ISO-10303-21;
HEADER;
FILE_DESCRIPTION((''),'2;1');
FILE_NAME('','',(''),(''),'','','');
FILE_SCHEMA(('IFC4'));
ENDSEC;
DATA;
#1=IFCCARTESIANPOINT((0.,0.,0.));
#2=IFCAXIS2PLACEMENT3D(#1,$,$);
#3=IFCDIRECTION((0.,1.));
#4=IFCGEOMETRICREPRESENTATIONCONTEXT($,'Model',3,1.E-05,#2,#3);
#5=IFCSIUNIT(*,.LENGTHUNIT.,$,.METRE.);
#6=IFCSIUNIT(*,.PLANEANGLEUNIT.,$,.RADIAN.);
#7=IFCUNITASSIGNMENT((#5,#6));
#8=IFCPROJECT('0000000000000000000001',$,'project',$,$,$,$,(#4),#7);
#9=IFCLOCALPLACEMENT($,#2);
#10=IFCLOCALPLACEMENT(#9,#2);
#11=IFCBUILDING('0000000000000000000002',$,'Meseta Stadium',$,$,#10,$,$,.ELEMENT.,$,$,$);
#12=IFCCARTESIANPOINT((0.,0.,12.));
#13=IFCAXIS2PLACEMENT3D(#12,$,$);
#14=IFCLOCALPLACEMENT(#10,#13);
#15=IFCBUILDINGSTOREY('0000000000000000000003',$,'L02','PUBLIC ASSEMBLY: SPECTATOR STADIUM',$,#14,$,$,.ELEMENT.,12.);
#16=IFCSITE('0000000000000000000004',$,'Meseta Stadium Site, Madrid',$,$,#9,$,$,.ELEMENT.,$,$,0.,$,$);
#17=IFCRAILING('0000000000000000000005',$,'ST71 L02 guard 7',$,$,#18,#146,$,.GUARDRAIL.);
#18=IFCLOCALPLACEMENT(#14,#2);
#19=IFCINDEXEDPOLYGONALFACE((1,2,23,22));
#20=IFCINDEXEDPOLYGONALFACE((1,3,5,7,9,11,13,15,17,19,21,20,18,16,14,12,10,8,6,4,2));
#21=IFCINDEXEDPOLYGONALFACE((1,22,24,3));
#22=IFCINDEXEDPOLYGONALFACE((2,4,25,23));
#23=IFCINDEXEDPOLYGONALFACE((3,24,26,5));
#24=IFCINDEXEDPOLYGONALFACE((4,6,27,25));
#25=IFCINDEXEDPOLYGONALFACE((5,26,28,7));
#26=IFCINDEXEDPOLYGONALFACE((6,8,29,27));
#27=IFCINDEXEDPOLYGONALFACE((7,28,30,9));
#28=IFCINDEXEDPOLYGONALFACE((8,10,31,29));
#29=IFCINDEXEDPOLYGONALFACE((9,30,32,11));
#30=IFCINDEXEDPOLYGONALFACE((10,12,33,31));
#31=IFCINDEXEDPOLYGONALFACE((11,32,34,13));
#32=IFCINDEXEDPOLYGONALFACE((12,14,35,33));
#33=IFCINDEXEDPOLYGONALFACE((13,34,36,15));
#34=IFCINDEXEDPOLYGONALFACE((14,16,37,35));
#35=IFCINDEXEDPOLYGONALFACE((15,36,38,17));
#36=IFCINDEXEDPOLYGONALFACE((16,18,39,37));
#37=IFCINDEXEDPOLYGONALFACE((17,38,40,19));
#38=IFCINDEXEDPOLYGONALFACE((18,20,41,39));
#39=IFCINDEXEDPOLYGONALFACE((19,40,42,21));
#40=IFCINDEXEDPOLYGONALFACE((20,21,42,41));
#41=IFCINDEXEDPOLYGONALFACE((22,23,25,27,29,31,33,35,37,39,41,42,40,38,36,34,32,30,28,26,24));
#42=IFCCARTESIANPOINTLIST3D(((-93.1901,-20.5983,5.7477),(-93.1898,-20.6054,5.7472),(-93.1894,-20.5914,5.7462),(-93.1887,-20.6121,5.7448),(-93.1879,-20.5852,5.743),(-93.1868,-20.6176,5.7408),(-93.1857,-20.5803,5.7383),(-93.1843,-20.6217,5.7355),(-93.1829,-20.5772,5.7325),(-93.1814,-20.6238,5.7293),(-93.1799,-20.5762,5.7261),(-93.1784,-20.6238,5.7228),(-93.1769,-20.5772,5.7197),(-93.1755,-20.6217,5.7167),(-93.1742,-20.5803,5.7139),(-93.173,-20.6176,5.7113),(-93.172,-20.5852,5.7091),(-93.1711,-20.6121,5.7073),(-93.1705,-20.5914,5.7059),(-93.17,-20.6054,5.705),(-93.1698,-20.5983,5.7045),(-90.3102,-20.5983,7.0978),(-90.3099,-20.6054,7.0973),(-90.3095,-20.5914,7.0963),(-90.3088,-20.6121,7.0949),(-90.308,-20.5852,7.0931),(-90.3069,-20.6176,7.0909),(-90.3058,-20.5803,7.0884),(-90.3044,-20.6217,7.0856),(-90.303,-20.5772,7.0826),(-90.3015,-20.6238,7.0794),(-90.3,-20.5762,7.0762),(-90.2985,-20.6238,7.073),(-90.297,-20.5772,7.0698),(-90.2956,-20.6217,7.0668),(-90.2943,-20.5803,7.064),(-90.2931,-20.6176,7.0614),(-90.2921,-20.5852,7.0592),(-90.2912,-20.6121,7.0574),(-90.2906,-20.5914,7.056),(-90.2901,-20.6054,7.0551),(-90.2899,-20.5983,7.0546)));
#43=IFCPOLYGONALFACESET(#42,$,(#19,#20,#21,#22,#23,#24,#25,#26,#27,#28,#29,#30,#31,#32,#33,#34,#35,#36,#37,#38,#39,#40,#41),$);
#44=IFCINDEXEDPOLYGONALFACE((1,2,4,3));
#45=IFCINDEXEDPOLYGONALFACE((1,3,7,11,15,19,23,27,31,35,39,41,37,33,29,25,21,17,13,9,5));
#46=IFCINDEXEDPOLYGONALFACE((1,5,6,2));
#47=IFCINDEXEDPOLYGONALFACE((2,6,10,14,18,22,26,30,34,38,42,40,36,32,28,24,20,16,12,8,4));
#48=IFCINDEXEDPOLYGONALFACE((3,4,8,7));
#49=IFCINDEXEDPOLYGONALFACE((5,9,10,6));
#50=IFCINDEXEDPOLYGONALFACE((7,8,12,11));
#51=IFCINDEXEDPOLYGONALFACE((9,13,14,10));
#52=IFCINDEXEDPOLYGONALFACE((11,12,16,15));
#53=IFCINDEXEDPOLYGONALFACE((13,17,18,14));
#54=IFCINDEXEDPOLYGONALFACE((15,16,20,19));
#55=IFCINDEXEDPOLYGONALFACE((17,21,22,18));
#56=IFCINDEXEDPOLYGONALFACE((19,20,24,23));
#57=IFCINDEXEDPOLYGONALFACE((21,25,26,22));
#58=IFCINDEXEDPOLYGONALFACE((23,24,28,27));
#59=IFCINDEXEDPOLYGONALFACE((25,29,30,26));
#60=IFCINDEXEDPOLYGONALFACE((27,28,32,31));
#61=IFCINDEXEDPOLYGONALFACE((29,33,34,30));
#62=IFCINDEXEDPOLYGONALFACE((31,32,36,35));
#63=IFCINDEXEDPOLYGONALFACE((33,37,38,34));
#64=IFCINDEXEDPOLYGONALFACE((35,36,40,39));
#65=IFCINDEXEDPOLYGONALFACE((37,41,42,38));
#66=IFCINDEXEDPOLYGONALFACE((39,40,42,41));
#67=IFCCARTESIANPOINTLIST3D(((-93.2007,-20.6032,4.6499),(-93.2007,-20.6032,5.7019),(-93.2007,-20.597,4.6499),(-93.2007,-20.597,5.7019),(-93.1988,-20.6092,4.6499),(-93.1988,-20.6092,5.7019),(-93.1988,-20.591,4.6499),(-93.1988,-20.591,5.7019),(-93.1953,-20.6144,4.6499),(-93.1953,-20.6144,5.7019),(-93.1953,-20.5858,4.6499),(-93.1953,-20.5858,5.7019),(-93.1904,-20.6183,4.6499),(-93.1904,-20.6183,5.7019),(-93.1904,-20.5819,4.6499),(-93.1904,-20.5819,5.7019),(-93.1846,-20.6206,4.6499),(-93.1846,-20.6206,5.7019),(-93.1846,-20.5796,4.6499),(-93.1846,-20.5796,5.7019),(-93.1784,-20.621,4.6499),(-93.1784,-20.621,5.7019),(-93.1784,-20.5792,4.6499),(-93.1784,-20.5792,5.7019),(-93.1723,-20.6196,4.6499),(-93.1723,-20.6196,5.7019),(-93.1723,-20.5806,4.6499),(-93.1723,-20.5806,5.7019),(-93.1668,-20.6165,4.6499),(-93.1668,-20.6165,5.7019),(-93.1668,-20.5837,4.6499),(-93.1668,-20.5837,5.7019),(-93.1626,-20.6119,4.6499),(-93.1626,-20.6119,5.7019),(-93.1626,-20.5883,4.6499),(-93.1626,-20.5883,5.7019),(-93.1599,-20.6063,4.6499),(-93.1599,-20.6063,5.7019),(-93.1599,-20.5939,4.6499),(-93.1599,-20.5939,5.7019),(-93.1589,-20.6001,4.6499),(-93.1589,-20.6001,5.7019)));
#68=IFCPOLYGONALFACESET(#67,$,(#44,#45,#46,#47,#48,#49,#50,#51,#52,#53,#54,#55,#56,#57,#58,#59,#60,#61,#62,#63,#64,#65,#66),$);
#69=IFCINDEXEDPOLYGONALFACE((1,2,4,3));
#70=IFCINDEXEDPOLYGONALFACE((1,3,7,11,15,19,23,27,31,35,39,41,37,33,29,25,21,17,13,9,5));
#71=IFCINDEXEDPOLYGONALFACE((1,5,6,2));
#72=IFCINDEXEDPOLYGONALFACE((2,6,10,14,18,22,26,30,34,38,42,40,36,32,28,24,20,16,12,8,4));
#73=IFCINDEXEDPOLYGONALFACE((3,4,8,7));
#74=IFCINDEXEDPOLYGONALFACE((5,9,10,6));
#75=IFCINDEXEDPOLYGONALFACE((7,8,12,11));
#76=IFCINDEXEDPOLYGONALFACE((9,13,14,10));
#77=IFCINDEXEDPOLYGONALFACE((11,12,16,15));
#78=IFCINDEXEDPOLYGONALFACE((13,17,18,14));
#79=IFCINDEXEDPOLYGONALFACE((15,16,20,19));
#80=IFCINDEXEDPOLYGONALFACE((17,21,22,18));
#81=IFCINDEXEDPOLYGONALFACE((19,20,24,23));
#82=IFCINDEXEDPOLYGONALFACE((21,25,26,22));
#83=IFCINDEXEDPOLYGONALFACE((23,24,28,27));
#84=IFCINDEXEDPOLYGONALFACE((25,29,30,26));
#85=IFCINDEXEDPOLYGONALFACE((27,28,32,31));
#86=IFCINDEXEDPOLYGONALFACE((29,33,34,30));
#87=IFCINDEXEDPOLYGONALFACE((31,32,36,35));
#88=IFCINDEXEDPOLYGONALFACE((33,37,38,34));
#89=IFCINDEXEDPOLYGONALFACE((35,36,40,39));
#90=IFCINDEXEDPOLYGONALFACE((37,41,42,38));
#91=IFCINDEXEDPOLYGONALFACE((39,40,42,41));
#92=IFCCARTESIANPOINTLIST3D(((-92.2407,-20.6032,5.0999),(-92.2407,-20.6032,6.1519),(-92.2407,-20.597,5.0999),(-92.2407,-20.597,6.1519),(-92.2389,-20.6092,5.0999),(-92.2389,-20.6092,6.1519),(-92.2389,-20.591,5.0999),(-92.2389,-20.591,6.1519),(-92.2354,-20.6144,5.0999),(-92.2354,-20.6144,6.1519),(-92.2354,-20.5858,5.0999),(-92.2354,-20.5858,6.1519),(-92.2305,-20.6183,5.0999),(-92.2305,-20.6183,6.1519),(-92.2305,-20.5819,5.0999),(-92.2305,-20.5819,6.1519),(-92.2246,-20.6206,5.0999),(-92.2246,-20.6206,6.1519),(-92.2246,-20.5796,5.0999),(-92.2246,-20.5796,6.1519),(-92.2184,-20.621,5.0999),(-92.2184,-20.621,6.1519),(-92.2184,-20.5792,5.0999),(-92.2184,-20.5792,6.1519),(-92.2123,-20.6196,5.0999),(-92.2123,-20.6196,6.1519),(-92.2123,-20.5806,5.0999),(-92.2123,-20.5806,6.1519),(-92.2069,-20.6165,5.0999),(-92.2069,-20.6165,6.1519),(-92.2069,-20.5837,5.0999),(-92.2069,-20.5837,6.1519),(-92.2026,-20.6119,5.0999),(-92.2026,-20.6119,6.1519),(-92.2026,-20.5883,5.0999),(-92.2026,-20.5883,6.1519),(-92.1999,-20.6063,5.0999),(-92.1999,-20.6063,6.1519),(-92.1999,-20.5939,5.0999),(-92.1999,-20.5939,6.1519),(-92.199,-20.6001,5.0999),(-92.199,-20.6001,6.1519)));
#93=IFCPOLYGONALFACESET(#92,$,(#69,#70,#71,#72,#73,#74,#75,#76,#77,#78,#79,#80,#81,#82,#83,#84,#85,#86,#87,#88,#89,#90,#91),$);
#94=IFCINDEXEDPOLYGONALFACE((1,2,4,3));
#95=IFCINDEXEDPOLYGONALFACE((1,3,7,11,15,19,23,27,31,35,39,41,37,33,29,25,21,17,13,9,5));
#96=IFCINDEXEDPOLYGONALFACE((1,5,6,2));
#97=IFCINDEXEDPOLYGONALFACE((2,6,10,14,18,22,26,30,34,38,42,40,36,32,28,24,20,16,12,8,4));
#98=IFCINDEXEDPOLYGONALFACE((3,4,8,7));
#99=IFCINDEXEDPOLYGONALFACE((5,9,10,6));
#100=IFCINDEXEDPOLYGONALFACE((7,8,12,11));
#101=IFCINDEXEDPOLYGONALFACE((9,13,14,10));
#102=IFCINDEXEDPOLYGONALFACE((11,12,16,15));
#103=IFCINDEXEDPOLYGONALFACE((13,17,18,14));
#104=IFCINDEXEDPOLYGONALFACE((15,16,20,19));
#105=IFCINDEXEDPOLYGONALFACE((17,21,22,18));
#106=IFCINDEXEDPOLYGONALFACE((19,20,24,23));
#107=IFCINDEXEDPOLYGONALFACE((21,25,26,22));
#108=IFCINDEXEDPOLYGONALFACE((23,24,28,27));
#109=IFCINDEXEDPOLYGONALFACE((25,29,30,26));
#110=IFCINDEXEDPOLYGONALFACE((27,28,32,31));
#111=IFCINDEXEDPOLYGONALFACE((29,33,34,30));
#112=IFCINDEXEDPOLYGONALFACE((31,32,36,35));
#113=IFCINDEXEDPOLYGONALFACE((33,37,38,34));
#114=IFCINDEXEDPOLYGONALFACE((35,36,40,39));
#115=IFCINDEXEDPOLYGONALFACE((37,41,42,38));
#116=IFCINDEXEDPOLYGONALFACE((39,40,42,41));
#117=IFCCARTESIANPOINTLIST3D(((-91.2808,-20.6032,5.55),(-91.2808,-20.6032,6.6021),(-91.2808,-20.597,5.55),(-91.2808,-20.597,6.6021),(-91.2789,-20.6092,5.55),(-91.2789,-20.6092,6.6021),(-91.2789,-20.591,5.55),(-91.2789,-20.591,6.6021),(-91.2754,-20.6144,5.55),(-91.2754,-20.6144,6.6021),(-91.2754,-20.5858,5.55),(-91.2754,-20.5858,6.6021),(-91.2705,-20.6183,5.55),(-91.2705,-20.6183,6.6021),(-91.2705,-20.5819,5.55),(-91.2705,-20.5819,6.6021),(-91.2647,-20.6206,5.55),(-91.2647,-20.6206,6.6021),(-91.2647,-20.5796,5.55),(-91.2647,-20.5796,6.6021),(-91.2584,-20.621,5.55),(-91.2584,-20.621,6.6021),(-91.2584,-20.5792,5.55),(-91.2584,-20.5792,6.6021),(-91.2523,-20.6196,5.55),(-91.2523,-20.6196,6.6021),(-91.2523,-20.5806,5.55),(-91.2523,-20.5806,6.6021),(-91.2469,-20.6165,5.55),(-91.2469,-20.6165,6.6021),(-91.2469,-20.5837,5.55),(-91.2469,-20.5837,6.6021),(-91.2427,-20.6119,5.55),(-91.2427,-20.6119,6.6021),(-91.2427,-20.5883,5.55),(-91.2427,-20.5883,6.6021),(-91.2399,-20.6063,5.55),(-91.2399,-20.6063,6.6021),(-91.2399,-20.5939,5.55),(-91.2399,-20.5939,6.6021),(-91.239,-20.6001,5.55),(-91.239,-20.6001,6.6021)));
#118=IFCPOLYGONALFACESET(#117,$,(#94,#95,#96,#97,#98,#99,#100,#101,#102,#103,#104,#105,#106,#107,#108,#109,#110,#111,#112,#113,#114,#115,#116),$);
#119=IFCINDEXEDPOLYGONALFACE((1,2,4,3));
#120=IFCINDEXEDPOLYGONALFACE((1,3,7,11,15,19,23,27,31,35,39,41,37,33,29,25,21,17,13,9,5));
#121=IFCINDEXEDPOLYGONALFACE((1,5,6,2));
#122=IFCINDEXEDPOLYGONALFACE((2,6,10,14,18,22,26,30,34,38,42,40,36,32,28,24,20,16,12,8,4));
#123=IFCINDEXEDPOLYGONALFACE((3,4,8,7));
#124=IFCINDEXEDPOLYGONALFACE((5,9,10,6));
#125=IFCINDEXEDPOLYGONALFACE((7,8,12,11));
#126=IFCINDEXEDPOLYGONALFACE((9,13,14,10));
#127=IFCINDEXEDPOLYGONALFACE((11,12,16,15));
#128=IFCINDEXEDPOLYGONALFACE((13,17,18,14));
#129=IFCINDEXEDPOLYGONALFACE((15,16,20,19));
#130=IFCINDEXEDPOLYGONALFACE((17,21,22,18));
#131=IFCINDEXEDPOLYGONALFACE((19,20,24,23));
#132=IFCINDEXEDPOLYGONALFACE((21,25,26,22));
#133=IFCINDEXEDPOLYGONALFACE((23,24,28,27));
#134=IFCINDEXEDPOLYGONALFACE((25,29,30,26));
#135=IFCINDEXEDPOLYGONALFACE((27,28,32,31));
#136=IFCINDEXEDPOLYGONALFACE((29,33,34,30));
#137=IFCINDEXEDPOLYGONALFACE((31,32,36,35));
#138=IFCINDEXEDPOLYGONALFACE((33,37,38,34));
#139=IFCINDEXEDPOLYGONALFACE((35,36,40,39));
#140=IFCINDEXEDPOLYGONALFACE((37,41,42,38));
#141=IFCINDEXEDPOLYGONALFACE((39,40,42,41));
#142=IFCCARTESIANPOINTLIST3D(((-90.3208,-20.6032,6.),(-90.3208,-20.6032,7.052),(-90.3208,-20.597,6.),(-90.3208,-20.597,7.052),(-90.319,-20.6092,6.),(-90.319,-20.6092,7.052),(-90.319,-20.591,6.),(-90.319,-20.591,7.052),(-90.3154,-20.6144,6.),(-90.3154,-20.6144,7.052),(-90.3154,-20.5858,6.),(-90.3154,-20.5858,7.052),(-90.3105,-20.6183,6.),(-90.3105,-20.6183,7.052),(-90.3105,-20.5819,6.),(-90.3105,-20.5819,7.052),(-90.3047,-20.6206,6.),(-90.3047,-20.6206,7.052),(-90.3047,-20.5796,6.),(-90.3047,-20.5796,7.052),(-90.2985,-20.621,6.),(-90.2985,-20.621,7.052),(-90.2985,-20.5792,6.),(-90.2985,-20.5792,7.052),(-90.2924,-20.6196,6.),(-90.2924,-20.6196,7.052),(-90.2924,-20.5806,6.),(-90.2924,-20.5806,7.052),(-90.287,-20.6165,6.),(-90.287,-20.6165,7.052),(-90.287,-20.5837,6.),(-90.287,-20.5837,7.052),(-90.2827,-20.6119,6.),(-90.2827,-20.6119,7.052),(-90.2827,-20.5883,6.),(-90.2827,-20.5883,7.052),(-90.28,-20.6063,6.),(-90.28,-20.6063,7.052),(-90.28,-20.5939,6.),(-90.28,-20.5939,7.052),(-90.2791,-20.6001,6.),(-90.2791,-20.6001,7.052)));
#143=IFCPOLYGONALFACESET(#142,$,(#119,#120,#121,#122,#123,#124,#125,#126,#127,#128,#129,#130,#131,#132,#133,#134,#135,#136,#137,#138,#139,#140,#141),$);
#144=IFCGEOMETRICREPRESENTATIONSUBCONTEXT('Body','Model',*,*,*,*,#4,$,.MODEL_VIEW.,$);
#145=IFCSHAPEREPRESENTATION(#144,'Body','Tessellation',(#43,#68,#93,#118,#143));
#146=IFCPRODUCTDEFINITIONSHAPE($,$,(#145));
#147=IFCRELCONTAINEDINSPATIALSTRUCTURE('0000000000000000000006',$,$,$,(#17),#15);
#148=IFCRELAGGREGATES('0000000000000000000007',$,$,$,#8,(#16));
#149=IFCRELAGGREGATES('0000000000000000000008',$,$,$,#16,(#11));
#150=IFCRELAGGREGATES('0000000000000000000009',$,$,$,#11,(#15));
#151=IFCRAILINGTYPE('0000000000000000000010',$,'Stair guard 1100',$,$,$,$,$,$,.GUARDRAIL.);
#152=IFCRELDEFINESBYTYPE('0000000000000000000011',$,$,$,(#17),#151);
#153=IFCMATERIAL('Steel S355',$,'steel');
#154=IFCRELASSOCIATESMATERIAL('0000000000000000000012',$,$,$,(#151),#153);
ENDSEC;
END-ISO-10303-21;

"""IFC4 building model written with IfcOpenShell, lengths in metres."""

from ifc_helpers import new_model, si_unit, direction, frame, origin, origin_2d, place, context, subcontext, project, spatial, circle, extrude, material, type_object, element, save


model = new_model("IFC4")

# Units and contexts
model_context = context("Model", 3, precision=1e-05, world=origin(), true_north=direction((0.0, 1.0)))
body_context = subcontext(model_context, "Body", "Model", "MODEL_VIEW")
ifc_project = project(units=[si_unit("LENGTHUNIT", "METRE"), si_unit("PLANEANGLEUNIT", "RADIAN")], contexts=[model_context])

# Site, building, storey
site_placement = place(None, origin())
site = spatial("IfcSite", under=ifc_project, at=site_placement, Name="Meseta Stadium Site, Madrid", CompositionType="ELEMENT", RefElevation=0.0)
building_placement = place(site_placement, origin())
building = spatial("IfcBuilding", under=site, at=building_placement, Name="Meseta Stadium", CompositionType="ELEMENT")
storey_placement = place(building_placement, frame((0.0, 0.0, 12.0)))
storey = spatial("IfcBuildingStorey", under=building, at=storey_placement, Name="L02", Description="PUBLIC ASSEMBLY: SPECTATOR STADIUM", CompositionType="ELEMENT", Elevation=12.0)

# Railing
ifc_material_1 = material(Name="Steel S355", Category="steel")
railing_type_1 = type_object("IfcRailingType", Name="Stair guard 1100", PredefinedType="GUARDRAIL", material=ifc_material_1)
railing_1_placement = place(storey_placement, frame((-93.1799, -20.6001, 4.6499)))
element("IfcRailing", 1, at=railing_1_placement, inside=storey, type_object=railing_type_1, Name="ST71 L02 guard 7", PredefinedType="GUARDRAIL", context=body_context, shape_type="SweptSolid", body=[
    extrude(circle(Radius=0.0239, at=origin_2d()), frame((0.0, 0.0, 1.0762), z_axis=(0.90544, 0.0, 0.424473), x_axis=(0.0, 1.0, 0.0)), (0.0, 0.0, 1.0), 3.1807),
    extrude(circle(Radius=0.021, at=origin_2d()), origin(), (0.0, 0.0, 1.0), 1.052),
    extrude(circle(Radius=0.021, at=origin_2d()), frame((0.96, 0.0, 0.45)), (0.0, 0.0, 1.0), 1.052),
    extrude(circle(Radius=0.021, at=origin_2d()), frame((1.9199, 0.0, 0.9001)), (0.0, 0.0, 1.0), 1.052),
    extrude(circle(Radius=0.021, at=origin_2d()), frame((2.8799, 0.0, 1.3501)), (0.0, 0.0, 1.0), 1.052),
])

save(model, "model.ifc")
